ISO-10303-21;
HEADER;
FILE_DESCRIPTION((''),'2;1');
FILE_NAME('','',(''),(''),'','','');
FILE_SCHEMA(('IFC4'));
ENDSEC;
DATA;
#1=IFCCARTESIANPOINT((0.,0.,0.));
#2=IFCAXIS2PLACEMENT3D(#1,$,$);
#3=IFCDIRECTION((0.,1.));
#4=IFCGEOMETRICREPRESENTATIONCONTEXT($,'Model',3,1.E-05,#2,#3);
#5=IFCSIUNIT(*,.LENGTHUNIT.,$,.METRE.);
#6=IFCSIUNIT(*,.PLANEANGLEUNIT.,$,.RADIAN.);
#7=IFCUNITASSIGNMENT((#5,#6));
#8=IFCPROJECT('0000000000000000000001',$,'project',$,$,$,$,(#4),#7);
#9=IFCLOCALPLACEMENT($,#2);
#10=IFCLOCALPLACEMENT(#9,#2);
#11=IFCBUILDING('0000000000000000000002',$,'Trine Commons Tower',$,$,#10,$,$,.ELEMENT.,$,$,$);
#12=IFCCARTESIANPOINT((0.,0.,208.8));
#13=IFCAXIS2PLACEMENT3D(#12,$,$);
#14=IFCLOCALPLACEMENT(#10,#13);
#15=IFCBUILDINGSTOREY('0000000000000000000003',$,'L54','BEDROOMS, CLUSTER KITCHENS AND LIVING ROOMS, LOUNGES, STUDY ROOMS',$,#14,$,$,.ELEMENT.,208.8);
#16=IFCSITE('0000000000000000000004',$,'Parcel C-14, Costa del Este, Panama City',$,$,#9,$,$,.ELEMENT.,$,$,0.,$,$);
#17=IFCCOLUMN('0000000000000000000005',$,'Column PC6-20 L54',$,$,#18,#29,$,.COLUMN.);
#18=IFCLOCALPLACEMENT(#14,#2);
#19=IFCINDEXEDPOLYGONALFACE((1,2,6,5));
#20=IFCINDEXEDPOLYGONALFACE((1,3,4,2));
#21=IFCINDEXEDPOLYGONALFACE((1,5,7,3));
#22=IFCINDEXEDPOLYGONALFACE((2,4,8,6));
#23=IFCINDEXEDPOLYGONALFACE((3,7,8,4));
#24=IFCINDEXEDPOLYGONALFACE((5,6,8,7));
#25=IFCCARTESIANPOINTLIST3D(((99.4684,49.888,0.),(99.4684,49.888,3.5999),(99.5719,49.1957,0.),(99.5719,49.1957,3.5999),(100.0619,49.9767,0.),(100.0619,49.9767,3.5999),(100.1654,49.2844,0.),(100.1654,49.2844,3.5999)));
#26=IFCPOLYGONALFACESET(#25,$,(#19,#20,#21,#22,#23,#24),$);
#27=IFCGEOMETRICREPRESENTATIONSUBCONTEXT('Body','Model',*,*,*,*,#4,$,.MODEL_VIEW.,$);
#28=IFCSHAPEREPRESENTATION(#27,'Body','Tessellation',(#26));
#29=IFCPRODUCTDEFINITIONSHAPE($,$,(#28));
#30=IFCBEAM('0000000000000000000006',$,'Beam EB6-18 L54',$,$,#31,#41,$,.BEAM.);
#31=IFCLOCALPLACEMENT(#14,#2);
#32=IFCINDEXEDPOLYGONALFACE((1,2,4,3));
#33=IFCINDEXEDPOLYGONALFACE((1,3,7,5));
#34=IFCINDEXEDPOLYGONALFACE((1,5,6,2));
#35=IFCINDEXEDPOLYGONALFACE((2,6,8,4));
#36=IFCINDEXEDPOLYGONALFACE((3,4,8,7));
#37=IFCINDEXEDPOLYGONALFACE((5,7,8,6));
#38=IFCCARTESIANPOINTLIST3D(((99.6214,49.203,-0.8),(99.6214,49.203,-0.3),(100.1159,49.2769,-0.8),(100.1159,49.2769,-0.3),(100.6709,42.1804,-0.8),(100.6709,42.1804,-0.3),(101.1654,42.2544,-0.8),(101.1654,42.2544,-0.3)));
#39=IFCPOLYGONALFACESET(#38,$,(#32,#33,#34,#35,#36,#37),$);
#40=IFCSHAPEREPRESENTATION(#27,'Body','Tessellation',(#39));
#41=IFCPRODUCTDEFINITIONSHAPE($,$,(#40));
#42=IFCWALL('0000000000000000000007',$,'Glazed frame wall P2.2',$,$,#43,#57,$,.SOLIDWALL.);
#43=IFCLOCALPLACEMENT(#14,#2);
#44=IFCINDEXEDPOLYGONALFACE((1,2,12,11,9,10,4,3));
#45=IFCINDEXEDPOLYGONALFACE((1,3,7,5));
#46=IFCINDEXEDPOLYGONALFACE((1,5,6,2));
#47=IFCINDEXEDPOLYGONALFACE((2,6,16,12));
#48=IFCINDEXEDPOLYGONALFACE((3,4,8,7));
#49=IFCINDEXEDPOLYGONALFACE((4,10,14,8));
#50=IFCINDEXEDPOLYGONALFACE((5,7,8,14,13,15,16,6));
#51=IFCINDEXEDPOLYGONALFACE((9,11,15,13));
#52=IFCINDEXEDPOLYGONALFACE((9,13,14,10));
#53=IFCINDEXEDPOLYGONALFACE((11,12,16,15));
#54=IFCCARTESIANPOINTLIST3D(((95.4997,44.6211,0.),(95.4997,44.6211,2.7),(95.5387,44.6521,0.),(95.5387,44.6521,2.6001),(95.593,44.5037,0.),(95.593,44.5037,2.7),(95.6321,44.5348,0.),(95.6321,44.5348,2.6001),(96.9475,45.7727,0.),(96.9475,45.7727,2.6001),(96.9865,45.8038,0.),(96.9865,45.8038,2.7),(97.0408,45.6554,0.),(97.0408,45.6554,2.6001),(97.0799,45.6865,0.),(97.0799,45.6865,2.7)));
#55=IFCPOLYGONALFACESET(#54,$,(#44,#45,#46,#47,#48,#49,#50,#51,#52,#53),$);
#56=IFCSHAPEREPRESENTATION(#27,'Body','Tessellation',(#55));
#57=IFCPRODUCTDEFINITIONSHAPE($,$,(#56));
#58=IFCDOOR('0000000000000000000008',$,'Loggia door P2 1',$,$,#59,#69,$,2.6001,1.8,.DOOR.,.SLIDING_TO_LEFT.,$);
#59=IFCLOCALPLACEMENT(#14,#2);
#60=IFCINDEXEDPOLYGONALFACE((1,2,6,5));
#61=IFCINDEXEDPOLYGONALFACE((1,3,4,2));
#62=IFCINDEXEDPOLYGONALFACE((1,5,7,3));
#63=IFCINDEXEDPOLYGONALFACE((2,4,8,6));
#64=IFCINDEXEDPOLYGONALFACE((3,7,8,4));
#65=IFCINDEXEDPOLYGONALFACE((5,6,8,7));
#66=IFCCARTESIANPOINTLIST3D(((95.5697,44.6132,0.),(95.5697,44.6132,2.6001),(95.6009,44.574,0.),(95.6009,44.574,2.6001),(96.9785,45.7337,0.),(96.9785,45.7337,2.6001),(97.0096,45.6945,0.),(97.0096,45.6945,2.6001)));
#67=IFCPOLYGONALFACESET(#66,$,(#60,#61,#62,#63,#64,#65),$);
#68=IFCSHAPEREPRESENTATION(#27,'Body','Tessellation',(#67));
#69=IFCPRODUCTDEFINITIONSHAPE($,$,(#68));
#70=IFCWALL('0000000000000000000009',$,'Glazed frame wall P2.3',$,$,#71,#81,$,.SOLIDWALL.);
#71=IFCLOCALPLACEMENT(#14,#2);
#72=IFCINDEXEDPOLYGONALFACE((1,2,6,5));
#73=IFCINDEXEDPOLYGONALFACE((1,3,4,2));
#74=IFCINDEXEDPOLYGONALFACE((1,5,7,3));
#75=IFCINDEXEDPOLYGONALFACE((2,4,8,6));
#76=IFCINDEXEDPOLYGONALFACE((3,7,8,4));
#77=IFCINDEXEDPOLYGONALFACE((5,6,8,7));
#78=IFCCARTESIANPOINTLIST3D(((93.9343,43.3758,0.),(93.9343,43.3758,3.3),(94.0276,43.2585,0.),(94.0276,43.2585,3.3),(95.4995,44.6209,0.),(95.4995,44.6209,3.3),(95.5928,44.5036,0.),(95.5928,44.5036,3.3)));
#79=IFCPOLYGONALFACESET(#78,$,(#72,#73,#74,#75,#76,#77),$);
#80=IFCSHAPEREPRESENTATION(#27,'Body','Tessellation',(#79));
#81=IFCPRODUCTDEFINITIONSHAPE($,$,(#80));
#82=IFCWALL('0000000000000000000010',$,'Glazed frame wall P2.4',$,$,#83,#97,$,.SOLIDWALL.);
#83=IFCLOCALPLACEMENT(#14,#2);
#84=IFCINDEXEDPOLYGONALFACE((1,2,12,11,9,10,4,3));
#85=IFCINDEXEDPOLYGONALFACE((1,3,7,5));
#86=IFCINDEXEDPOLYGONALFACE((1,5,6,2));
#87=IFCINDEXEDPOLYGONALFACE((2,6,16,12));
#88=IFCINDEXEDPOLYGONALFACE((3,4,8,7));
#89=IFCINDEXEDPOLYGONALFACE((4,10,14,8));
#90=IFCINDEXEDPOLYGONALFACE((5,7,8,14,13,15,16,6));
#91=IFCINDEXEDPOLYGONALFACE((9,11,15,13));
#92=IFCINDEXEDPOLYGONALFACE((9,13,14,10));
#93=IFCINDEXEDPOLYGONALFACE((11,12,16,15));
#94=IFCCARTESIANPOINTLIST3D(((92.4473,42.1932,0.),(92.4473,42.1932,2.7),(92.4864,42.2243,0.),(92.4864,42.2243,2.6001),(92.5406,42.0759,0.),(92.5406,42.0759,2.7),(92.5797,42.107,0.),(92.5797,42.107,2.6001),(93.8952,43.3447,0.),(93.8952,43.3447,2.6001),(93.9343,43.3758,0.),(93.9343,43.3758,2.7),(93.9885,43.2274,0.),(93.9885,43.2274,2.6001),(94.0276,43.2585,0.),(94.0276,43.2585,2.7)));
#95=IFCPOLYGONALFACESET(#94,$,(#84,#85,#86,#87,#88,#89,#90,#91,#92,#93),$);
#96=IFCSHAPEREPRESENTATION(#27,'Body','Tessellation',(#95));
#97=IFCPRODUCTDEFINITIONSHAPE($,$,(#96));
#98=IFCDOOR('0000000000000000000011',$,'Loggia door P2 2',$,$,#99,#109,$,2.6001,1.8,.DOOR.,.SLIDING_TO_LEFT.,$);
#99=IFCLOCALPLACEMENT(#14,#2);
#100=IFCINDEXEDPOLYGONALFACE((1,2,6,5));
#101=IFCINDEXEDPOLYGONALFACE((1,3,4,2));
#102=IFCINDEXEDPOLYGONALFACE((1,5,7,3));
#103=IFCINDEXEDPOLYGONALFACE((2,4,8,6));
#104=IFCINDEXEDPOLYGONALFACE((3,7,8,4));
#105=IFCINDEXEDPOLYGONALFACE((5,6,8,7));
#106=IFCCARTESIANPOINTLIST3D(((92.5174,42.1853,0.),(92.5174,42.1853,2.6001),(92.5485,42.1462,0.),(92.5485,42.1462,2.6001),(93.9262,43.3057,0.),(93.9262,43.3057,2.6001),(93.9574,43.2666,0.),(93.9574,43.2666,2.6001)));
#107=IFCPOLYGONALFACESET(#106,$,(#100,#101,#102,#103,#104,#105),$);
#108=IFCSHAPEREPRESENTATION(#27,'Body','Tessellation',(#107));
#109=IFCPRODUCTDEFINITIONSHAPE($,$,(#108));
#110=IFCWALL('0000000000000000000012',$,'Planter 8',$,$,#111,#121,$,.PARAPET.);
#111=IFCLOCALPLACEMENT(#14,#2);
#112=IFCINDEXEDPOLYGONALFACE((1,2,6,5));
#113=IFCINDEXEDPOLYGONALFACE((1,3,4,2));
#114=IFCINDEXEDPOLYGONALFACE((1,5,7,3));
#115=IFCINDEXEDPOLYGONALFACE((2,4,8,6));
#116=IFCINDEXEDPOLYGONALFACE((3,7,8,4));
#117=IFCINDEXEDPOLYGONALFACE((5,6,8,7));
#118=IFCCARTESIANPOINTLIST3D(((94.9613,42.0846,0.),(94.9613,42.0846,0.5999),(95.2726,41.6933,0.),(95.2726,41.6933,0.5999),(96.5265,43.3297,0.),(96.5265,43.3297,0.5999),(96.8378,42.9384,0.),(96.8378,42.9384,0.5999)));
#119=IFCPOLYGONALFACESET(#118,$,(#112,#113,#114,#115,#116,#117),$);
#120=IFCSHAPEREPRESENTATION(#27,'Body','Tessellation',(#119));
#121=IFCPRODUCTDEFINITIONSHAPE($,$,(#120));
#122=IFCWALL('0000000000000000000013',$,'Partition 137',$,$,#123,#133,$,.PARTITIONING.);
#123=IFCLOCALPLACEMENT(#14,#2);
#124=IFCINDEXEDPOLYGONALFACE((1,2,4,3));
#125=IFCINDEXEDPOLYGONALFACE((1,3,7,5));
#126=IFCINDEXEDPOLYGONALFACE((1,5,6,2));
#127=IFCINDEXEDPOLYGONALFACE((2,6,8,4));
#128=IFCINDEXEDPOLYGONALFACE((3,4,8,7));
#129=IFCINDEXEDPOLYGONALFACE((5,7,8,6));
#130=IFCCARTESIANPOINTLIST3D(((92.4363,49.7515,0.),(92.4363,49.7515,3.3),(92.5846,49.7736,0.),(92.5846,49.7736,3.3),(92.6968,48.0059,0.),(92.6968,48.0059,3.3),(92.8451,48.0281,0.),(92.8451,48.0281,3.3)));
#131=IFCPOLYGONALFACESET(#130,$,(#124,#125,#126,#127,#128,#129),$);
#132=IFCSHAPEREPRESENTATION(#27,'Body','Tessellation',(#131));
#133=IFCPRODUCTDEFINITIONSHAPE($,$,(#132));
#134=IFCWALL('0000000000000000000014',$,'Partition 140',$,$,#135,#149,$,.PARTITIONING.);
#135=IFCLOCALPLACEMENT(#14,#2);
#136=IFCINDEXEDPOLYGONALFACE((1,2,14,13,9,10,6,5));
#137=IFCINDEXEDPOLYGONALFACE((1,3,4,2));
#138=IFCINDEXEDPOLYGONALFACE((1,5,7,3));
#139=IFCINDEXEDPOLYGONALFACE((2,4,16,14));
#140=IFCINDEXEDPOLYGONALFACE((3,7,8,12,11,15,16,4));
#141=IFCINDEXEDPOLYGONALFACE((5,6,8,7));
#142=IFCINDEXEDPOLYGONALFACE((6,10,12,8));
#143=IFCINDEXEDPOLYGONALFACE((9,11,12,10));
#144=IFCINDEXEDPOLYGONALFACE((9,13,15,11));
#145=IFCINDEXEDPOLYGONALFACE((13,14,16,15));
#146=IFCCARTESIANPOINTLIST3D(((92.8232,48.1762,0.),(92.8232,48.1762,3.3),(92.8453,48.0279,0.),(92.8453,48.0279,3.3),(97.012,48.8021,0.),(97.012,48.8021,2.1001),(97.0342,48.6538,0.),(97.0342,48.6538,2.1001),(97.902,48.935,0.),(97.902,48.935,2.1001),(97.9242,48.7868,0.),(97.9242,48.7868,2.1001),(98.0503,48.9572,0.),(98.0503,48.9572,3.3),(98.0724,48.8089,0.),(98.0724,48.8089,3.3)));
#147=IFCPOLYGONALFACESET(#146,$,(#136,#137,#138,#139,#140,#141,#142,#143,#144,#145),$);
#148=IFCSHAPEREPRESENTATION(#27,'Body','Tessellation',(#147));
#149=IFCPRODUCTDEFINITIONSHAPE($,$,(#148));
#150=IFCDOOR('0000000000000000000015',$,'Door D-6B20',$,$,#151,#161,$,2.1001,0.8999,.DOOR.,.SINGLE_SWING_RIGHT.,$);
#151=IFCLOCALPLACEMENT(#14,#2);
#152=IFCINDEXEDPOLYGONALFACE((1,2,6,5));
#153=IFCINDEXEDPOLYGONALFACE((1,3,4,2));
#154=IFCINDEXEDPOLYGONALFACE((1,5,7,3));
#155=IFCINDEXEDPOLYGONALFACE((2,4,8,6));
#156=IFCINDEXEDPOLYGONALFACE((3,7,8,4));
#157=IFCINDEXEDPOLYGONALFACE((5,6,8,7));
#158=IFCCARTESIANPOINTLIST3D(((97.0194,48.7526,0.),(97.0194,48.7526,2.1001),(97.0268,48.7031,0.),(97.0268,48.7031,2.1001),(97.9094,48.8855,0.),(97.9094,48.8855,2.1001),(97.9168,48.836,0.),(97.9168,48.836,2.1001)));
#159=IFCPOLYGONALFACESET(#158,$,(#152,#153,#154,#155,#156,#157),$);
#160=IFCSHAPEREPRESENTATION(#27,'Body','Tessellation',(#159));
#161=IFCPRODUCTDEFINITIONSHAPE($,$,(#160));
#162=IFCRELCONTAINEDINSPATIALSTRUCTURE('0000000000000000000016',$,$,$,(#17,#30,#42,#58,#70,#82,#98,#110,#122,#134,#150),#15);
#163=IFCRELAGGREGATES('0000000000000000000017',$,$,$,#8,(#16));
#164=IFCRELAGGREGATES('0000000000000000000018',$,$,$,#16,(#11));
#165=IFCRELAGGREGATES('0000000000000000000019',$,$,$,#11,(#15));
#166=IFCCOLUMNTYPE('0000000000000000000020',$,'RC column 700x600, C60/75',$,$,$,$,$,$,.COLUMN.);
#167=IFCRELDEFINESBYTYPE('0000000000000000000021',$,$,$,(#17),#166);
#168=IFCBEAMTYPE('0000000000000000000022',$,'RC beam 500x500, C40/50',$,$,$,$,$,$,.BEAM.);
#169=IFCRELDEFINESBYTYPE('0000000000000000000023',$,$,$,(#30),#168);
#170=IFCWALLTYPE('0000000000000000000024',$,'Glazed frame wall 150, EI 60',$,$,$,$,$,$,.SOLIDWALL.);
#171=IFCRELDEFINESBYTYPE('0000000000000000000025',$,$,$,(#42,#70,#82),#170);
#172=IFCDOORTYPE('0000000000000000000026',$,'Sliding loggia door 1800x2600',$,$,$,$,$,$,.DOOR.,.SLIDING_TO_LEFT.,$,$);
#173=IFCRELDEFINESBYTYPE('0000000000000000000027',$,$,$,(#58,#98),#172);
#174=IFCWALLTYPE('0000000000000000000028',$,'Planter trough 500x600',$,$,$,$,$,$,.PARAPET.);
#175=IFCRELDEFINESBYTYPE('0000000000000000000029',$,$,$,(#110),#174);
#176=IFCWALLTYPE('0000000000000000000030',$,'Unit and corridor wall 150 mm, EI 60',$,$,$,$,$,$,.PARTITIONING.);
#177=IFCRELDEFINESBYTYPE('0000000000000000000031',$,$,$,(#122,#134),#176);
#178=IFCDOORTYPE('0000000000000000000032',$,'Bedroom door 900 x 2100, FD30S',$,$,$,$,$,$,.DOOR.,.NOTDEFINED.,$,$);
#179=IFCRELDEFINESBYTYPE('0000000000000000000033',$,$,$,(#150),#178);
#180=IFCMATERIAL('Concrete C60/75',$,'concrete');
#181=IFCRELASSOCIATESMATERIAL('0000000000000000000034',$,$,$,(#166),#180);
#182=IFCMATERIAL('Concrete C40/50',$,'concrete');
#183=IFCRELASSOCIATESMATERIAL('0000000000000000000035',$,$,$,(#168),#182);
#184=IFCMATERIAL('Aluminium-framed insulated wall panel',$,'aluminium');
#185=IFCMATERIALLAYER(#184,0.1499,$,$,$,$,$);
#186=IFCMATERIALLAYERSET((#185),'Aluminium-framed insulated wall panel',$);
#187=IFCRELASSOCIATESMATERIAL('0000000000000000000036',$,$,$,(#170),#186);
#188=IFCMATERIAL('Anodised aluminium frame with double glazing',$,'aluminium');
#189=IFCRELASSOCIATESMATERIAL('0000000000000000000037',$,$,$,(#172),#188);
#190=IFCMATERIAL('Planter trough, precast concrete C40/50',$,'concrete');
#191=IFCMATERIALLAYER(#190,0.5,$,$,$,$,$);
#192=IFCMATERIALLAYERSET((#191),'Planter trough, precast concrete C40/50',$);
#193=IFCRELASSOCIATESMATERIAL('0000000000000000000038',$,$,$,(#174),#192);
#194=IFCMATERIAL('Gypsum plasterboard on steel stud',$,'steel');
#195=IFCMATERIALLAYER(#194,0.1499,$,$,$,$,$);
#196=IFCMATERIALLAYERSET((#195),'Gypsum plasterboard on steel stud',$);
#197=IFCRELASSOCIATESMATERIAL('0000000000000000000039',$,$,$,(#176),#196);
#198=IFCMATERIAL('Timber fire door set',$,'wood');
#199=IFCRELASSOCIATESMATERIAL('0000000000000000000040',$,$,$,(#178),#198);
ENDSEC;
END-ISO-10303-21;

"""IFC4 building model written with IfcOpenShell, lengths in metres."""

from ifc_helpers import new_model, si_unit, direction, frame, frame_2d, origin, origin_2d, place, context, subcontext, project, spatial, polyline, rectangle, outline, extrude, material, layer, layer_set, material_profile, profile_set, type_object, element, fill, save


model = new_model("IFC4")

# Units and contexts
model_context = context("Model", 3, precision=1e-05, world=origin(), true_north=direction((0.0, 1.0)))
body_context = subcontext(model_context, "Body", "Model", "MODEL_VIEW")
ifc_project = project(units=[si_unit("LENGTHUNIT", "METRE"), si_unit("PLANEANGLEUNIT", "RADIAN")], contexts=[model_context])

# Site, building, storey
site_placement = place(None, origin())
site = spatial("IfcSite", under=ifc_project, at=site_placement, Name="Parcel C-14, Costa del Este, Panama City", CompositionType="ELEMENT", RefElevation=0.0)
building_placement = place(site_placement, origin())
building = spatial("IfcBuilding", under=site, at=building_placement, Name="Trine Commons Tower", CompositionType="ELEMENT")
storey_placement = place(building_placement, frame((0.0, 0.0, 208.8)))
storey = spatial("IfcBuildingStorey", under=building, at=storey_placement, Name="L54", Description="BEDROOMS, CLUSTER KITCHENS AND LIVING ROOMS, LOUNGES, STUDY ROOMS", CompositionType="ELEMENT", Elevation=208.8)

# Column
ifc_material_1 = material(Name="Concrete C60/75", Category="concrete")
ifc_material_profile_1 = material_profile(ifc_material_1, rectangle(XDim=0.7, YDim=0.6001, at=origin_2d()), Name="RC 700x600")
ifc_profile_set_1 = profile_set([ifc_material_profile_1], Name="Concrete C60/75")
column_type = type_object("IfcColumnType", Name="RC column 700x600, C60/75", PredefinedType="COLUMN", material=ifc_profile_set_1)
column_placement = place(storey_placement, frame((99.8169, 49.5862, 0.0), z_axis=(0.0, 0.0, 1.0), x_axis=(-0.147809, 0.989016, 0.0)))
element("IfcColumn", 1, at=column_placement, inside=storey, type_object=column_type, Name="Column PC6-20 L54", PredefinedType="COLUMN", context=body_context, shape_type="SweptSolid", body=[
    extrude(rectangle(XDim=0.7, YDim=0.6001, at=origin_2d()), origin(), (0.0, 0.0, 1.0), 3.5999),
])

# Beam
ifc_material_2 = material(Name="Concrete C40/50", Category="concrete")
ifc_material_profile_2 = material_profile(ifc_material_2, rectangle(XDim=0.5, YDim=0.5, at=origin_2d()), Name="RC 500x500")
ifc_profile_set_2 = profile_set([ifc_material_profile_2], Name="Concrete C40/50")
beam_type = type_object("IfcBeamType", Name="RC beam 500x500, C40/50", PredefinedType="BEAM", material=ifc_profile_set_2)
beam_placement = place(storey_placement, frame((99.8687, 49.24, -0.55), z_axis=(0.147811, -0.989016, 0.0), x_axis=(0.989016, 0.147811, 0.0)))
element("IfcBeam", 2, at=beam_placement, inside=storey, type_object=beam_type, Name="Beam EB6-18 L54", PredefinedType="BEAM", context=body_context, shape_type="SweptSolid", body=[
    extrude(rectangle(XDim=0.5, YDim=0.5, at=origin_2d()), origin(), (0.0, 0.0, 1.0), 7.1006),
])

# Shared definitions
ifc_material_3 = material(Name="Aluminium-framed insulated wall panel", Category="aluminium")
ifc_layer_1 = layer(ifc_material_3, 0.1499)
ifc_layer_set_1 = layer_set([ifc_layer_1], Name="Aluminium-framed insulated wall panel")
wall_type_1 = type_object("IfcWallType", Name="Glazed frame wall 150, EI 60", PredefinedType="SOLIDWALL", material=ifc_layer_set_1)

# Wall, opening, door
wall_1_placement = place(storey_placement, frame((97.0332, 45.7451, 0.0), z_axis=(0.0, 0.0, 1.0), x_axis=(-0.782608, -0.622515, 0.0)))
wall_1 = element("IfcWall", 3, at=wall_1_placement, inside=storey, type_object=wall_type_1, Name="Glazed frame wall P2.2", PredefinedType="SOLIDWALL", context=body_context, shape_type="SweptSolid", body=[
    extrude(outline(polyline([(0.0, -0.075), (1.8999, -0.075), (1.8999, 0.075), (0.0, 0.075), (0.0, -0.075)])), origin(), (0.0, 0.0, 1.0), 2.7),
])
opening_1_placement = place(wall_1_placement, frame((0.05, 0.0, 0.0)))
opening_1 = element("IfcOpeningElement", 4, at=opening_1_placement, cuts=wall_1, PredefinedType="OPENING", context=body_context, shape_type="SweptSolid", body=[
    extrude(rectangle(XDim=1.8, YDim=2.6001, at=frame_2d((0.8999, 1.3))), frame((0.0, 0.085, 0.0), z_axis=(0.0, -1.0, 0.0), x_axis=(1.0, 0.0, 0.0)), (0.0, 0.0, 1.0), 0.1699),
])
ifc_material_4 = material(Name="Anodised aluminium frame with double glazing", Category="aluminium")
door_type_1 = type_object("IfcDoorType", Name="Sliding loggia door 1800x2600", OperationType="SLIDING_TO_LEFT", PredefinedType="DOOR", material=ifc_material_4)
door_1_placement = place(opening_1_placement, origin())
door_1 = element("IfcDoor", 5, at=door_1_placement, inside=storey, type_object=door_type_1, Name="Loggia door P2 1", OperationType="SLIDING_TO_LEFT", OverallHeight=2.6001, OverallWidth=1.8, PredefinedType="DOOR", context=body_context, shape_type="SweptSolid", body=[
    extrude(rectangle(XDim=1.8, YDim=2.6001, at=frame_2d((0.8999, 1.3))), frame((0.0, 0.0249, 0.0), z_axis=(0.0, -1.0, 0.0), x_axis=(1.0, 0.0, 0.0)), (0.0, 0.0, 1.0), 0.05),
])
fill(opening_1, door_1)

# Wall
wall_2_placement = place(storey_placement, frame((95.5461, 44.5623, 0.0), z_axis=(0.0, 0.0, 1.0), x_axis=(-0.782581, -0.622549, 0.0)))
element("IfcWall", 6, at=wall_2_placement, inside=storey, type_object=wall_type_1, Name="Glazed frame wall P2.3", PredefinedType="SOLIDWALL", context=body_context, shape_type="SweptSolid", body=[
    extrude(outline(polyline([(0.0, -0.075), (2.0, -0.075), (2.0, 0.075), (0.0, 0.075), (0.0, -0.075)])), origin(), (0.0, 0.0, 1.0), 3.3),
])

# Wall, opening, door
wall_3_placement = place(storey_placement, frame((93.981, 43.3171, 0.0), z_axis=(0.0, 0.0, 1.0), x_axis=(-0.782671, -0.622436, 0.0)))
wall_3 = element("IfcWall", 7, at=wall_3_placement, inside=storey, type_object=wall_type_1, Name="Glazed frame wall P2.4", PredefinedType="SOLIDWALL", context=body_context, shape_type="SweptSolid", body=[
    extrude(outline(polyline([(0.0, -0.075), (1.8999, -0.075), (1.8999, 0.075), (0.0, 0.075), (0.0, -0.075)])), origin(), (0.0, 0.0, 1.0), 2.7),
])
opening_2_placement = place(wall_3_placement, frame((0.05, 0.0, 0.0)))
opening_2 = element("IfcOpeningElement", 8, at=opening_2_placement, cuts=wall_3, PredefinedType="OPENING", context=body_context, shape_type="SweptSolid", body=[
    extrude(rectangle(XDim=1.8, YDim=2.6001, at=frame_2d((0.8999, 1.3))), frame((0.0, 0.085, 0.0), z_axis=(0.0, -1.0, 0.0), x_axis=(1.0, 0.0, 0.0)), (0.0, 0.0, 1.0), 0.1699),
])
door_2_placement = place(opening_2_placement, origin())
door_2 = element("IfcDoor", 9, at=door_2_placement, inside=storey, type_object=door_type_1, Name="Loggia door P2 2", OperationType="SLIDING_TO_LEFT", OverallHeight=2.6001, OverallWidth=1.8, PredefinedType="DOOR", context=body_context, shape_type="SweptSolid", body=[
    extrude(rectangle(XDim=1.8, YDim=2.6001, at=frame_2d((0.8999, 1.3))), frame((0.0, 0.0249, 0.0), z_axis=(0.0, -1.0, 0.0), x_axis=(1.0, 0.0, 0.0)), (0.0, 0.0, 1.0), 0.05),
])
fill(opening_2, door_2)

# Walls
ifc_material_5 = material(Name="Planter trough, precast concrete C40/50", Category="concrete")
ifc_layer_2 = layer(ifc_material_5, 0.5)
ifc_layer_set_2 = layer_set([ifc_layer_2], Name="Planter trough, precast concrete C40/50")
wall_type_2 = type_object("IfcWallType", Name="Planter trough 500x600", PredefinedType="PARAPET", material=ifc_layer_set_2)
wall_4_placement = place(storey_placement, frame((96.6821, 43.134, 0.0), z_axis=(0.0, 0.0, 1.0), x_axis=(-0.782581, -0.622549, 0.0)))
element("IfcWall", 10, at=wall_4_placement, inside=storey, type_object=wall_type_2, Name="Planter 8", PredefinedType="PARAPET", context=body_context, shape_type="SweptSolid", body=[
    extrude(rectangle(XDim=2.0, YDim=0.5, at=frame_2d((1.0, 0.0))), origin(), (0.0, 0.0, 1.0), 0.5999),
])
ifc_material_6 = material(Name="Gypsum plasterboard on steel stud", Category="steel")
ifc_layer_3 = layer(ifc_material_6, 0.1499)
ifc_layer_set_3 = layer_set([ifc_layer_3], Name="Gypsum plasterboard on steel stud")
wall_type_3 = type_object("IfcWallType", Name="Unit and corridor wall 150 mm, EI 60", PredefinedType="PARTITIONING", material=ifc_layer_set_3)
wall_5_placement = place(storey_placement, frame((92.5105, 49.7625, 0.0), z_axis=(0.0, 0.0, 1.0), x_axis=(0.147596, -0.989048, 0.0)))
element("IfcWall", 11, at=wall_5_placement, inside=storey, type_object=wall_type_3, Name="Partition 137", PredefinedType="PARTITIONING", context=body_context, shape_type="SweptSolid", body=[
    extrude(rectangle(XDim=1.7649, YDim=0.1499, at=frame_2d((0.8823, 0.0))), origin(), (0.0, 0.0, 1.0), 3.3),
])

# Wall, opening, door
wall_6_placement = place(storey_placement, frame((92.8342, 48.1021, 0.0), z_axis=(0.0, 0.0, 1.0), x_axis=(0.989021, 0.147776, 0.0)))
wall_6 = element("IfcWall", 12, at=wall_6_placement, inside=storey, type_object=wall_type_3, Name="Partition 140", PredefinedType="PARTITIONING", context=body_context, shape_type="SweptSolid", body=[
    extrude(rectangle(XDim=5.2852, YDim=0.1499, at=frame_2d((2.6426, 0.0))), origin(), (0.0, 0.0, 1.0), 3.3),
])
opening_3_placement = place(wall_6_placement, frame((4.2354, 0.0, 0.0)))
opening_3 = element("IfcOpeningElement", 13, at=opening_3_placement, cuts=wall_6, PredefinedType="OPENING", context=body_context, shape_type="SweptSolid", body=[
    extrude(rectangle(XDim=0.8999, YDim=2.1001, at=frame_2d((0.45, 1.05))), frame((0.0, 0.085, 0.0), z_axis=(0.0, -1.0, 0.0), x_axis=(1.0, 0.0, 0.0)), (0.0, 0.0, 1.0), 0.1699),
])
ifc_material_7 = material(Name="Timber fire door set", Category="wood")
door_type_2 = type_object("IfcDoorType", Name="Bedroom door 900 x 2100, FD30S", OperationType="NOTDEFINED", PredefinedType="DOOR", material=ifc_material_7)
door_3_placement = place(opening_3_placement, origin())
door_3 = element("IfcDoor", 14, at=door_3_placement, inside=storey, type_object=door_type_2, Name="Door D-6B20", OperationType="SINGLE_SWING_RIGHT", OverallHeight=2.1001, OverallWidth=0.8999, PredefinedType="DOOR", context=body_context, shape_type="SweptSolid", body=[
    extrude(rectangle(XDim=0.8999, YDim=2.1001, at=frame_2d((0.45, 1.05))), frame((0.0, 0.0249, 0.0), z_axis=(0.0, -1.0, 0.0), x_axis=(1.0, 0.0, 0.0)), (0.0, 0.0, 1.0), 0.05),
])
fill(opening_3, door_3)

save(model, "model.ifc")
